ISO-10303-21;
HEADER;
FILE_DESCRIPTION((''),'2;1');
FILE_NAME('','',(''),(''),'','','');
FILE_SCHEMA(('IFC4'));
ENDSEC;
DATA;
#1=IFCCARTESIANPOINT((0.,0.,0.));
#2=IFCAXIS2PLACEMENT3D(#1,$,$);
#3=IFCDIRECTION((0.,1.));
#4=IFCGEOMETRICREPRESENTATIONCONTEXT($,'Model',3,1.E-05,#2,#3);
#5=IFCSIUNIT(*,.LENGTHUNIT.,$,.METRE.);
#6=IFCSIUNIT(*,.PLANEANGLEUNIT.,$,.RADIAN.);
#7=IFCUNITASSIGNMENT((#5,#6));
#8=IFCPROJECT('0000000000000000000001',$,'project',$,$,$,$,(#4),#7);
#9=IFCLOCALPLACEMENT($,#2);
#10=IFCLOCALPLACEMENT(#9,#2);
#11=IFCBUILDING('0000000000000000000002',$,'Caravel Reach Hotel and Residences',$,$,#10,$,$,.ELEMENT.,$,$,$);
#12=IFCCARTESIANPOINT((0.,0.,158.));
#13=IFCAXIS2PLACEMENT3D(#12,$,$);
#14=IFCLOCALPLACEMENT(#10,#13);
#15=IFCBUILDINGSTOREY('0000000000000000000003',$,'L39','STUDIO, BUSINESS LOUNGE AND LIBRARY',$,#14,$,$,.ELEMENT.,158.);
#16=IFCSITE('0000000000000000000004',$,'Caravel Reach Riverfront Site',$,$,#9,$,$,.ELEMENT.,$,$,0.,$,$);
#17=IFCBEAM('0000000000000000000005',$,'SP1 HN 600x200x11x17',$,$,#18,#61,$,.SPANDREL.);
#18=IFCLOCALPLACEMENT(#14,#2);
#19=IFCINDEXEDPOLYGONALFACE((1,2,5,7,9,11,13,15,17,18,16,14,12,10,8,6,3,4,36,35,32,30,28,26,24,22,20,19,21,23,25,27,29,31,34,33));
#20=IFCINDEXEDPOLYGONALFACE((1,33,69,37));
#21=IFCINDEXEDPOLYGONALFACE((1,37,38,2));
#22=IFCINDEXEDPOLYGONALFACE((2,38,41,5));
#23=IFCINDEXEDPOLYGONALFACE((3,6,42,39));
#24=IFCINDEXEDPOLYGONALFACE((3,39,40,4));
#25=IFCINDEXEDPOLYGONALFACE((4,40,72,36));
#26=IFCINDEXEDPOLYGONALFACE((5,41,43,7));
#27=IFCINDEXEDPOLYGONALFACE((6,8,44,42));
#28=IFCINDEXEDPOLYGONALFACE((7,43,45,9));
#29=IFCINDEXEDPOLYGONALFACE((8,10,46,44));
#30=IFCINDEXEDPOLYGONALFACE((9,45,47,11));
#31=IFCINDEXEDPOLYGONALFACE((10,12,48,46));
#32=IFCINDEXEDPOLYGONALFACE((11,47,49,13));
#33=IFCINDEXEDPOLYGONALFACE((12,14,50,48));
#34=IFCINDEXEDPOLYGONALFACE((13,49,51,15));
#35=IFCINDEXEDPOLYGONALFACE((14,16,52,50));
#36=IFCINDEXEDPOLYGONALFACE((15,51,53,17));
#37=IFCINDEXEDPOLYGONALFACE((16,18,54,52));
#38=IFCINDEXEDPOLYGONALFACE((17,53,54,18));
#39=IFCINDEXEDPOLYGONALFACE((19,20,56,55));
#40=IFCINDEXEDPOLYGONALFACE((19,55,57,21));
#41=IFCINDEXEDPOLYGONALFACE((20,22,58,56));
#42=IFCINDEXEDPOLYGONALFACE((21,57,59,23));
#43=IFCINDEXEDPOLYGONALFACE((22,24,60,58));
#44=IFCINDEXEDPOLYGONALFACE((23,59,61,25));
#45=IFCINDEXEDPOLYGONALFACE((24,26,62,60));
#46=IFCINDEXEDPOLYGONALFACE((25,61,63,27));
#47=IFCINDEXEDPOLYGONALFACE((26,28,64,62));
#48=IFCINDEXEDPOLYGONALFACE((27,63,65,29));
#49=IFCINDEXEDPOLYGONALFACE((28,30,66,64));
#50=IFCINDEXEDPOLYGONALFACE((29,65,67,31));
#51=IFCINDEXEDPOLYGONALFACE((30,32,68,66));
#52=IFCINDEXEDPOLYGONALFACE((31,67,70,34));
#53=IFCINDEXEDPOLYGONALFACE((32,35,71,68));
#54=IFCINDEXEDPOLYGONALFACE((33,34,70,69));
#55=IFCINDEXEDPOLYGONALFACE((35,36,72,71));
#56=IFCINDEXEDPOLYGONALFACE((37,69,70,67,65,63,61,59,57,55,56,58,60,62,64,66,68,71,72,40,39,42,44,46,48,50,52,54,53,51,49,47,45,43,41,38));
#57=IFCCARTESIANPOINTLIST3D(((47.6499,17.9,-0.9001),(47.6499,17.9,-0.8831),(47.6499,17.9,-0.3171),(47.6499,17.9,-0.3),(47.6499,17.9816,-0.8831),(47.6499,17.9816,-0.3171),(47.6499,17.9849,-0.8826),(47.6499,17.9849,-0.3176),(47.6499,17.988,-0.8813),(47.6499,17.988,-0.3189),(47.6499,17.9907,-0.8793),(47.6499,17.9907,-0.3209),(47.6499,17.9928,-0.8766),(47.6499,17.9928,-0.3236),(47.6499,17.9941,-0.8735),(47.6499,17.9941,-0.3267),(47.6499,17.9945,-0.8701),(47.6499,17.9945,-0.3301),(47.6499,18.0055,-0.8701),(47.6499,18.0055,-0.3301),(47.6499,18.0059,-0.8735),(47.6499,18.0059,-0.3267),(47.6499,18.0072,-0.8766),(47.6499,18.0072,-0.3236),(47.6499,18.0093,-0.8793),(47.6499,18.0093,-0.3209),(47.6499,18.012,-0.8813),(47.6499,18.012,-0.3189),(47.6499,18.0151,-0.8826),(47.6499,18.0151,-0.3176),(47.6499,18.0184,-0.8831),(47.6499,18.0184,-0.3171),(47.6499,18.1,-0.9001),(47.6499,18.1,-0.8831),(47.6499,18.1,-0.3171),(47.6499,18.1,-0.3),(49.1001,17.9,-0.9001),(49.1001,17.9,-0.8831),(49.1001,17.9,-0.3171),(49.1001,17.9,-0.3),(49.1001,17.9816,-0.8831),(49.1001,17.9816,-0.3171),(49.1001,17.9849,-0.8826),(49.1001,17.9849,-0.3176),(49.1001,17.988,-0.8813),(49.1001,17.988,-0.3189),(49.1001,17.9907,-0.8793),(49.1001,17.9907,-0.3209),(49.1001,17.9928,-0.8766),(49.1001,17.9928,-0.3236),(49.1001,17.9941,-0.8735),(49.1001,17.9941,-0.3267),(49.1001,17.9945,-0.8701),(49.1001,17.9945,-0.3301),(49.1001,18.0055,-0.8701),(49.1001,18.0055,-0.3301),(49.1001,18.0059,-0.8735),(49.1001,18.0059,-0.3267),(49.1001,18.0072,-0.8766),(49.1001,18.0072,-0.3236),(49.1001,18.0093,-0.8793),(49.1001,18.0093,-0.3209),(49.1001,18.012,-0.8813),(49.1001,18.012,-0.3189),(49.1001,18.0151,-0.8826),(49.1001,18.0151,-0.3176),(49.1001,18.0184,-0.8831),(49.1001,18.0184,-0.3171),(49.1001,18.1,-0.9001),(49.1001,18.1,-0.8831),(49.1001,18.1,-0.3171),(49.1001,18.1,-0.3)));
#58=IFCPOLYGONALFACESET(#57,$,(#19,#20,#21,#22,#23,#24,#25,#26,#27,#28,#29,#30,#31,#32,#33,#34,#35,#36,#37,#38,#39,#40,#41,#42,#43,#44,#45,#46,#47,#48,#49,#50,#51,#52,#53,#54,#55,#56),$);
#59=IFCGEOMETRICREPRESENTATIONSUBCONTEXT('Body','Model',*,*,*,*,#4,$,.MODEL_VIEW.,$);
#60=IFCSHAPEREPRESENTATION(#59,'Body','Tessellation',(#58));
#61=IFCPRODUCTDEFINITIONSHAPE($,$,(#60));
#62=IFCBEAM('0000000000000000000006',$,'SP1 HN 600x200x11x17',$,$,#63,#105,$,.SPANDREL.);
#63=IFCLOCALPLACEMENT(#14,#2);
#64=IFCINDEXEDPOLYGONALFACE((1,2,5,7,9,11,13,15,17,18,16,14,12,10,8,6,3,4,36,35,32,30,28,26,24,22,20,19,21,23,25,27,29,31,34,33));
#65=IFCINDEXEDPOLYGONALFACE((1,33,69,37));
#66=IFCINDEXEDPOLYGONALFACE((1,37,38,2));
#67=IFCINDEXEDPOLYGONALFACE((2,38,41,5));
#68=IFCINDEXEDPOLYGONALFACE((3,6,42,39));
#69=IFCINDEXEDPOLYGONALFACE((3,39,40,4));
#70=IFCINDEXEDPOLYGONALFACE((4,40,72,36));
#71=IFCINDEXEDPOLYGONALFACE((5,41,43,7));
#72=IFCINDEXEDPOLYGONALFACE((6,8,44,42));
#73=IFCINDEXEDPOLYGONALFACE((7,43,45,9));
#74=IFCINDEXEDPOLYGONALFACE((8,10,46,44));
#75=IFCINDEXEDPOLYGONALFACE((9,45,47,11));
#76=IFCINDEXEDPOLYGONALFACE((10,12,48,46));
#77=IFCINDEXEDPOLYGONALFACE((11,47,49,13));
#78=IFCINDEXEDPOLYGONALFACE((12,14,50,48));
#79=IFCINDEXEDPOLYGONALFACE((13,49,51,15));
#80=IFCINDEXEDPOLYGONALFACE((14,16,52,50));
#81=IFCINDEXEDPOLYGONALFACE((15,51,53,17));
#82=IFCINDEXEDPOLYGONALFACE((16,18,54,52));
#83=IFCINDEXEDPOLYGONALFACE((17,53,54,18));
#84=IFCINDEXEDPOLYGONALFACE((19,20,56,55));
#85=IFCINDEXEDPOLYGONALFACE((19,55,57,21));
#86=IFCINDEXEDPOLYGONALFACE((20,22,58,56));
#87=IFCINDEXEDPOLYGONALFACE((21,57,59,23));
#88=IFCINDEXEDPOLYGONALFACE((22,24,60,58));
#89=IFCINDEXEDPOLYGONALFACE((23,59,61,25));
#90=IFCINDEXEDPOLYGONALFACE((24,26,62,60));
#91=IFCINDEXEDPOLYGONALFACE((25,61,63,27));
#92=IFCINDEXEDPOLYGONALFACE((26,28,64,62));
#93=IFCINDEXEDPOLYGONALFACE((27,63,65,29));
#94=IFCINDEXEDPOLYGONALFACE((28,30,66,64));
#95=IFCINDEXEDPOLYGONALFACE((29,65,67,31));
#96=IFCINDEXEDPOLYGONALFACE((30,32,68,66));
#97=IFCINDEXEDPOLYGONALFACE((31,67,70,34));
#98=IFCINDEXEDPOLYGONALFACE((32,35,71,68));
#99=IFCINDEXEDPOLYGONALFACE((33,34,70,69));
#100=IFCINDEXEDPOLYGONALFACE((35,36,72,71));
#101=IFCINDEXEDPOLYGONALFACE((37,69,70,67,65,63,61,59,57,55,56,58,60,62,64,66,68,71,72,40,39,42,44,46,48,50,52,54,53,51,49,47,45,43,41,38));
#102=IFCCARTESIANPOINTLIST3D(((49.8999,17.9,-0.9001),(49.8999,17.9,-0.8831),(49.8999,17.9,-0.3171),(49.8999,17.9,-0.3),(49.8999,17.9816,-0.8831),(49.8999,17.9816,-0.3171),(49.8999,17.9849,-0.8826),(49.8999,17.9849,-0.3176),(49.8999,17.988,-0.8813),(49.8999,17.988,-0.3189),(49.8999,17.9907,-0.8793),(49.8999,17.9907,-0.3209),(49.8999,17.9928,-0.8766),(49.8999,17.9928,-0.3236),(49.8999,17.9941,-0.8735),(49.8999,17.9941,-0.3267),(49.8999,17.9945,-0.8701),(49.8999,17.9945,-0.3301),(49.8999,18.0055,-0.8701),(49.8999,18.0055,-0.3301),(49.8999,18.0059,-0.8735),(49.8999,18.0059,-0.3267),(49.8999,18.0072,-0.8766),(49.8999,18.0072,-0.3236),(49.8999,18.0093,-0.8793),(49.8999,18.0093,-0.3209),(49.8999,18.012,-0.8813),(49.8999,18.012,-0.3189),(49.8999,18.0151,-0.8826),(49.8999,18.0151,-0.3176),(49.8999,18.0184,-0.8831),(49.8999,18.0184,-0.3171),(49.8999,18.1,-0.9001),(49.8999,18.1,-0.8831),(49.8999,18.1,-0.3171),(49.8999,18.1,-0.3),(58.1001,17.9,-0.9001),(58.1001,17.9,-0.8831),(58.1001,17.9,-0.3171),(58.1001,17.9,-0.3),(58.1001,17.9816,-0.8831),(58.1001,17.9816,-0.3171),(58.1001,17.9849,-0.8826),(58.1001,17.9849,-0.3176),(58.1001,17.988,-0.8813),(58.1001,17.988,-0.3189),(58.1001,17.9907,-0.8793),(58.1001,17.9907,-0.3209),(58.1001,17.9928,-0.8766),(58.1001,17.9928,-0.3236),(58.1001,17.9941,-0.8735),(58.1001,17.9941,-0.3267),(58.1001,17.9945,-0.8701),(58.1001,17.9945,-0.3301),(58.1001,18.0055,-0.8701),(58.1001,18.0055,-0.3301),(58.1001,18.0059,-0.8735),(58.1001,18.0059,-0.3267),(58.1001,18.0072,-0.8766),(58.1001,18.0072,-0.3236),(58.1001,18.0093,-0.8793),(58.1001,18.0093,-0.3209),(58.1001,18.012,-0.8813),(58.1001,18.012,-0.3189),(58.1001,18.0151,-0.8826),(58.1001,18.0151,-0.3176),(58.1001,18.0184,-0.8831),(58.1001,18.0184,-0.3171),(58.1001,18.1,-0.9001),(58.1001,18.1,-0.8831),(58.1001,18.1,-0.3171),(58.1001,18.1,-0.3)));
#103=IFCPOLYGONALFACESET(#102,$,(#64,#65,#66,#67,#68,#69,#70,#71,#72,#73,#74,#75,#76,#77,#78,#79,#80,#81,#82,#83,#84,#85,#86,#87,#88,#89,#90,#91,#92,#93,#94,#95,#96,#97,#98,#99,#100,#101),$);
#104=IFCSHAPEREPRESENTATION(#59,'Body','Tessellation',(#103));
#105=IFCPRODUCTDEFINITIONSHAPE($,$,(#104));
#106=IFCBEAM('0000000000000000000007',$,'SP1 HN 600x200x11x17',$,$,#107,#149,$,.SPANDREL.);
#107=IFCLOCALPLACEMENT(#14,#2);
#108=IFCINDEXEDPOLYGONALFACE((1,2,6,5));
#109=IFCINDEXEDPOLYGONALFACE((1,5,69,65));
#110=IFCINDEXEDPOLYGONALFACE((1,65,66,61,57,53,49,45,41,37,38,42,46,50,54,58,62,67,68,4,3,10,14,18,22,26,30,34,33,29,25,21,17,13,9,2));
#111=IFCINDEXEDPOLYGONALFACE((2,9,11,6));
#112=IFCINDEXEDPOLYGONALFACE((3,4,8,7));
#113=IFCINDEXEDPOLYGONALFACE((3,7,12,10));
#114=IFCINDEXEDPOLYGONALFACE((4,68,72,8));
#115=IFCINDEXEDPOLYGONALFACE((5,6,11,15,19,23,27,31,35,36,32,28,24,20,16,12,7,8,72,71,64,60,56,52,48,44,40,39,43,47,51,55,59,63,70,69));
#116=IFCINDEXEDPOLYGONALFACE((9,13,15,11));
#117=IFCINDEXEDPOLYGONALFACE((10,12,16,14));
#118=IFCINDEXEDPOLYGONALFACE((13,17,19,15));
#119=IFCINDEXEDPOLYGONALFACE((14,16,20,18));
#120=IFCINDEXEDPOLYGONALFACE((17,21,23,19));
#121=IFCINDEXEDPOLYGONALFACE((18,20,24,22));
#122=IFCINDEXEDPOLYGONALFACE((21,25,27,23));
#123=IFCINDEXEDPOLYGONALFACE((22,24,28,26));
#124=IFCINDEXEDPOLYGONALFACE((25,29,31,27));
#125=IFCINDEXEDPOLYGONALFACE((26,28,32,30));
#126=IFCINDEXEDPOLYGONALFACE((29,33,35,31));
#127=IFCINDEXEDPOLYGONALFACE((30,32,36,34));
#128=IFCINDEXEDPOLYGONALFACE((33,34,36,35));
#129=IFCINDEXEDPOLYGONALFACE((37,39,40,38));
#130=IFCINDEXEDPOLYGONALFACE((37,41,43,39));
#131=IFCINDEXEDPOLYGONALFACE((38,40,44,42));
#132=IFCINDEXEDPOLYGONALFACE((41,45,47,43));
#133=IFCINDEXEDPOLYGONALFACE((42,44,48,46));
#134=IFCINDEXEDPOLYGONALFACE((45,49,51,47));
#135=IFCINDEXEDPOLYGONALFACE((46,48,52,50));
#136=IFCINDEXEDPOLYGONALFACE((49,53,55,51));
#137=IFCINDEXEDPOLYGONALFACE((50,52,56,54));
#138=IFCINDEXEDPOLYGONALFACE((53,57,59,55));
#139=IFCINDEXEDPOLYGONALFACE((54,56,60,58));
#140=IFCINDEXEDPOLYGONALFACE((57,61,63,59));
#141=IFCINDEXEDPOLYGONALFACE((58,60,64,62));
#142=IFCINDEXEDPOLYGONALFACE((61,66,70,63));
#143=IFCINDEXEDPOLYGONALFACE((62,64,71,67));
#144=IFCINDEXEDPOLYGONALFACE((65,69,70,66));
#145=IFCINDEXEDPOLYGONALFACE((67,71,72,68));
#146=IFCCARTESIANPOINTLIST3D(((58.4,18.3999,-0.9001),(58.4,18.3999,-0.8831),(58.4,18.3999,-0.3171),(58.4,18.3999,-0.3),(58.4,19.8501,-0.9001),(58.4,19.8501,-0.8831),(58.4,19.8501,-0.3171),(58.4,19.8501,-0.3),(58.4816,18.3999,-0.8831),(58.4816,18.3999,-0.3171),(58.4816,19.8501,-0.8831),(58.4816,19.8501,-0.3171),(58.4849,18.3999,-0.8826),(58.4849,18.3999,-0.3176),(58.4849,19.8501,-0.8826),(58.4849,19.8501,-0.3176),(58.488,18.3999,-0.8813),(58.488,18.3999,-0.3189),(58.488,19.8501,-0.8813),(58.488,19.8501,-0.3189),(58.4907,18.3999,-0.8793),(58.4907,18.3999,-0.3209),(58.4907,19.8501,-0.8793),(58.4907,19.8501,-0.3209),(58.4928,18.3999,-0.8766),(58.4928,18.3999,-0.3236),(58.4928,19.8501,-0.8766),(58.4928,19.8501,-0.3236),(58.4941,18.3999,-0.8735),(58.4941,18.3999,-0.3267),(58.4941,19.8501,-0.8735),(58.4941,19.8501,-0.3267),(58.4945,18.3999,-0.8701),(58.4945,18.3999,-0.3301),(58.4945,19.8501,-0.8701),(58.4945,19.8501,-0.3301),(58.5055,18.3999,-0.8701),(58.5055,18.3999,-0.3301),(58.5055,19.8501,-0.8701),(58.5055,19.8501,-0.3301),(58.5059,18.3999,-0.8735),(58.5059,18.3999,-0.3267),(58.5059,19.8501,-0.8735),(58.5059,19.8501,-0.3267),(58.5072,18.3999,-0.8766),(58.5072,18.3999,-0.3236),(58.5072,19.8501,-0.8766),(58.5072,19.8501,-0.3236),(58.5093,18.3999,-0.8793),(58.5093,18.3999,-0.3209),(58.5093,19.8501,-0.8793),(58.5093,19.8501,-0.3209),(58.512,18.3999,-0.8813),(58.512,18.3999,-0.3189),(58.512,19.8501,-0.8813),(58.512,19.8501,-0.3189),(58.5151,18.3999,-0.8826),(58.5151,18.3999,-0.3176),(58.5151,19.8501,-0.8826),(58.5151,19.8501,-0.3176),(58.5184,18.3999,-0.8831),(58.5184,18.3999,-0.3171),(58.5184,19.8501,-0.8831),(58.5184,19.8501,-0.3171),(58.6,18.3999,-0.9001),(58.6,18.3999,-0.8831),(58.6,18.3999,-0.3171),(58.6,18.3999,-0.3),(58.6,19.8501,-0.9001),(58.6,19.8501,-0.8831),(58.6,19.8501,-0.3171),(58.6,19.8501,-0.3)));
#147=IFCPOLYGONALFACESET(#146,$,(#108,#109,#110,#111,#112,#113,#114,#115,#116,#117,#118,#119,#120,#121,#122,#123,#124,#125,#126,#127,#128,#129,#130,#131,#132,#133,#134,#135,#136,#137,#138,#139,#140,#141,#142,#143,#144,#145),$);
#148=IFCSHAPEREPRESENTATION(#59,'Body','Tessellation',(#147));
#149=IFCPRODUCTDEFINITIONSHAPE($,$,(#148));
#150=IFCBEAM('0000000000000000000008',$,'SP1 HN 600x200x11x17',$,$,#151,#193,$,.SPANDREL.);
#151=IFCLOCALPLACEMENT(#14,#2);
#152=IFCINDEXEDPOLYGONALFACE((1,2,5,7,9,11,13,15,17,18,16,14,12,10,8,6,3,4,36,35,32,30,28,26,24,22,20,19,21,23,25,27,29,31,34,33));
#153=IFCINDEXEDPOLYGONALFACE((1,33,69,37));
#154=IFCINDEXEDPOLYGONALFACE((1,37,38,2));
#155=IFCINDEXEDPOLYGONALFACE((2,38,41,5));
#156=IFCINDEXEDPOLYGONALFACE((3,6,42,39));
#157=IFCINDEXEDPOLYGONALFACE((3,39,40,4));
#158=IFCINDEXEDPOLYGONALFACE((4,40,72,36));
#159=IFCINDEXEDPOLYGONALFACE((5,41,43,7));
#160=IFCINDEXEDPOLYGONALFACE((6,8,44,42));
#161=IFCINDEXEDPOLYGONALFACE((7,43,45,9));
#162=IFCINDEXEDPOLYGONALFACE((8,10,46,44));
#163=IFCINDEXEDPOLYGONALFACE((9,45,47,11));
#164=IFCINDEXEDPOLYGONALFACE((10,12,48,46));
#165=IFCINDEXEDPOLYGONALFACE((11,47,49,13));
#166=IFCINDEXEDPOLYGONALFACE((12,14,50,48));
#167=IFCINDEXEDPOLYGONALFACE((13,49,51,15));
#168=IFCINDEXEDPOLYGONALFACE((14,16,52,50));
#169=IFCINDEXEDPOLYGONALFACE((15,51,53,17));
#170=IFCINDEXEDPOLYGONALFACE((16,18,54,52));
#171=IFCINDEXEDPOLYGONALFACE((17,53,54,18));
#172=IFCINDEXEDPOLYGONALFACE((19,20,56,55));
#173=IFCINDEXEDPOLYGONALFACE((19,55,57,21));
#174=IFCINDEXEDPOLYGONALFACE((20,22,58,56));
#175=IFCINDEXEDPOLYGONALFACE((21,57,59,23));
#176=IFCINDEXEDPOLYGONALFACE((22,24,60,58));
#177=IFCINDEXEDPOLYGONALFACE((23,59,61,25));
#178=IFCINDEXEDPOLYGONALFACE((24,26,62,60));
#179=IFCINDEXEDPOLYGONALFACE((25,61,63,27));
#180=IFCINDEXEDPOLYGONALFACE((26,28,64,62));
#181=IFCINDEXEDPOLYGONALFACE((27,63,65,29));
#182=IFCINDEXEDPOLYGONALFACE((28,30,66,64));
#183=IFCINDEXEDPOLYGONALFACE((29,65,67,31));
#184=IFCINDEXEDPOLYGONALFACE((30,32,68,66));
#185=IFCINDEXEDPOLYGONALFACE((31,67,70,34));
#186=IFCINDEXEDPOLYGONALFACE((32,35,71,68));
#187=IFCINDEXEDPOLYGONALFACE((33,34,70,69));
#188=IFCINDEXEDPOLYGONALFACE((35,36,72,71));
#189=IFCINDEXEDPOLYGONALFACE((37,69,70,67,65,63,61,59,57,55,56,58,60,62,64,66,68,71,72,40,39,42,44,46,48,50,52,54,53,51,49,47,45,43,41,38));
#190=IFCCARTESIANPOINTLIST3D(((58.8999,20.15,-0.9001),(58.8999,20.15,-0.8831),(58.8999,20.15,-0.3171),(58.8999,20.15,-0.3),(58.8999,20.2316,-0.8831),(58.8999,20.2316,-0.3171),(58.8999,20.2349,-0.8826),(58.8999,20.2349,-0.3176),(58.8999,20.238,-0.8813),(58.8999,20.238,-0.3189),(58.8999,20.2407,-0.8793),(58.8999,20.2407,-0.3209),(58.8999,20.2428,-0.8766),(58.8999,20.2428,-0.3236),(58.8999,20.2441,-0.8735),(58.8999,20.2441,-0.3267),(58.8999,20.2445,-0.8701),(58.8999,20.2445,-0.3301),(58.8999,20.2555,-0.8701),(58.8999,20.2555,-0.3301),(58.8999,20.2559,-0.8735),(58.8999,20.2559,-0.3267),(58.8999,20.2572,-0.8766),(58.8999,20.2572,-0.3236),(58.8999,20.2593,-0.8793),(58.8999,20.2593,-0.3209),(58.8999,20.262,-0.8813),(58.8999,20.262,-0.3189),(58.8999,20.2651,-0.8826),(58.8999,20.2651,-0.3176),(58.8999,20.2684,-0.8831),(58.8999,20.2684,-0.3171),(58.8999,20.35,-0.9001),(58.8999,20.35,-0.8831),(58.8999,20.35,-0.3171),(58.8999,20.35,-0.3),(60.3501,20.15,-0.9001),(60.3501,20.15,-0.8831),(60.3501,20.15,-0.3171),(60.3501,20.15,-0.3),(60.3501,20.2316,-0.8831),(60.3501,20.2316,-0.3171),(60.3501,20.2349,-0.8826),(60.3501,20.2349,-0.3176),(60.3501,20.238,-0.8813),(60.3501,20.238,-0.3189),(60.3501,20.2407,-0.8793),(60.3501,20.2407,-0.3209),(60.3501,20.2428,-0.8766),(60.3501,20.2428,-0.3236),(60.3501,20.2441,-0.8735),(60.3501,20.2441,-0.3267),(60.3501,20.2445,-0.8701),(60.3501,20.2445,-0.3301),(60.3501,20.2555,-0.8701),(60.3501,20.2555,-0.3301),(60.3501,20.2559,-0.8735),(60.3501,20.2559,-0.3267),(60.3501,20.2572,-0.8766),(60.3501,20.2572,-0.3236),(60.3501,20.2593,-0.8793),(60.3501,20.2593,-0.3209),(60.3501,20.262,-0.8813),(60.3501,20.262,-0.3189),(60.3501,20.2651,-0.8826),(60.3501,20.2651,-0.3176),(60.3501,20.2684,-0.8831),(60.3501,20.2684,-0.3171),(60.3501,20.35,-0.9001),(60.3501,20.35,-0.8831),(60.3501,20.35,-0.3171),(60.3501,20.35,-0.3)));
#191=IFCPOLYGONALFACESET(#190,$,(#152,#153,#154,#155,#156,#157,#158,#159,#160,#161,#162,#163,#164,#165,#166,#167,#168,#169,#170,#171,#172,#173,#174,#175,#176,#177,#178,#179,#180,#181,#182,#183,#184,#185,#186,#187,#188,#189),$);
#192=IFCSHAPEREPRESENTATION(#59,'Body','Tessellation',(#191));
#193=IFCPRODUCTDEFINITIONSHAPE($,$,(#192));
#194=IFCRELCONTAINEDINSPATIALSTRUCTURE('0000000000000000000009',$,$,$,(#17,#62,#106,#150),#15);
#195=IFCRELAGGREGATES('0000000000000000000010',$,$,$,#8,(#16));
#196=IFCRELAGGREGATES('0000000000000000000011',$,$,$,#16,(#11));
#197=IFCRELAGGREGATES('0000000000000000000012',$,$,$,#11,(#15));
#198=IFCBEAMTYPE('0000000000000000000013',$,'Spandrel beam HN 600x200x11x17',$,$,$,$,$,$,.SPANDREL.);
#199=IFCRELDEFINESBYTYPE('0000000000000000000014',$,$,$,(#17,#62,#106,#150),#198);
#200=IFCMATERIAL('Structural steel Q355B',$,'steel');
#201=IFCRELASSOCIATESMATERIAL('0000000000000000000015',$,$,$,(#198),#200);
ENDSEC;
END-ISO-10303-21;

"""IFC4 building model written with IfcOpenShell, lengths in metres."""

from ifc_helpers import new_model, si_unit, direction, frame, origin, origin_2d, place, context, subcontext, project, spatial, i_section, extrude, material, material_profile, profile_set, type_object, element, save


model = new_model("IFC4")

# Units and contexts
model_context = context("Model", 3, precision=1e-05, world=origin(), true_north=direction((0.0, 1.0)))
body_context = subcontext(model_context, "Body", "Model", "MODEL_VIEW")
ifc_project = project(units=[si_unit("LENGTHUNIT", "METRE"), si_unit("PLANEANGLEUNIT", "RADIAN")], contexts=[model_context])

# Site, building, storey
site_placement = place(None, origin())
site = spatial("IfcSite", under=ifc_project, at=site_placement, Name="Caravel Reach Riverfront Site", CompositionType="ELEMENT", RefElevation=0.0)
building_placement = place(site_placement, origin())
building = spatial("IfcBuilding", under=site, at=building_placement, Name="Caravel Reach Hotel and Residences", CompositionType="ELEMENT")
storey_placement = place(building_placement, frame((0.0, 0.0, 158.0)))
storey = spatial("IfcBuildingStorey", under=building, at=storey_placement, Name="L39", Description="STUDIO, BUSINESS LOUNGE AND LIBRARY", CompositionType="ELEMENT", Elevation=158.0)

# Beams
ifc_material_1 = material(Name="Structural steel Q355B", Category="steel")
ifc_material_profile_1 = material_profile(ifc_material_1, i_section(OverallWidth=0.2, OverallDepth=0.6001, WebThickness=0.011, FlangeThickness=0.0171, FilletRadius=0.0129, at=origin_2d()), Name="HN 600x200x11x17")
ifc_profile_set_1 = profile_set([ifc_material_profile_1], Name="Structural steel Q355B")
beam_type_1 = type_object("IfcBeamType", Name="Spandrel beam HN 600x200x11x17", PredefinedType="SPANDREL", material=ifc_profile_set_1)
beam_1_placement = place(storey_placement, frame((47.6499, 18.0, -0.6001), z_axis=(1.0, 0.0, 0.0), x_axis=(0.0, 1.0, 0.0)))
element("IfcBeam", 1, at=beam_1_placement, inside=storey, type_object=beam_type_1, Name="SP1 HN 600x200x11x17", PredefinedType="SPANDREL", context=body_context, shape_type="SweptSolid", body=[
    extrude(i_section(OverallWidth=0.2, OverallDepth=0.6001, WebThickness=0.011, FlangeThickness=0.0171, FilletRadius=0.0129, at=origin_2d()), origin(), (0.0, 0.0, 1.0), 1.4502),
])
beam_2_placement = place(storey_placement, frame((49.8999, 18.0, -0.6001), z_axis=(1.0, 0.0, 0.0), x_axis=(0.0, 1.0, 0.0)))
element("IfcBeam", 2, at=beam_2_placement, inside=storey, type_object=beam_type_1, Name="SP1 HN 600x200x11x17", PredefinedType="SPANDREL", context=body_context, shape_type="SweptSolid", body=[
    extrude(i_section(OverallWidth=0.2, OverallDepth=0.6001, WebThickness=0.011, FlangeThickness=0.0171, FilletRadius=0.0129, at=origin_2d()), origin(), (0.0, 0.0, 1.0), 8.2002),
])
for number, where, z_axis, x_axis, name in (
    (3, (58.5, 18.3999, -0.6001), (0.0, 1.0, 0.0), (-1.0, 0.0, 0.0), "SP1 HN 600x200x11x17"),
    (4, (58.8999, 20.25, -0.6001), (1.0, 0.0, 0.0), (0.0, 1.0, 0.0), "SP1 HN 600x200x11x17"),
):
    element("IfcBeam", number, at=place(storey_placement, frame(where, z_axis=z_axis, x_axis=x_axis)), inside=storey, type_object=beam_type_1, Name=name, PredefinedType="SPANDREL", context=body_context, shape_type="SweptSolid", body=[
        extrude(i_section(OverallWidth=0.2, OverallDepth=0.6001, WebThickness=0.011, FlangeThickness=0.0171, FilletRadius=0.0129, at=origin_2d()), origin(), (0.0, 0.0, 1.0), 1.4502),
    ])

save(model, "model.ifc")
